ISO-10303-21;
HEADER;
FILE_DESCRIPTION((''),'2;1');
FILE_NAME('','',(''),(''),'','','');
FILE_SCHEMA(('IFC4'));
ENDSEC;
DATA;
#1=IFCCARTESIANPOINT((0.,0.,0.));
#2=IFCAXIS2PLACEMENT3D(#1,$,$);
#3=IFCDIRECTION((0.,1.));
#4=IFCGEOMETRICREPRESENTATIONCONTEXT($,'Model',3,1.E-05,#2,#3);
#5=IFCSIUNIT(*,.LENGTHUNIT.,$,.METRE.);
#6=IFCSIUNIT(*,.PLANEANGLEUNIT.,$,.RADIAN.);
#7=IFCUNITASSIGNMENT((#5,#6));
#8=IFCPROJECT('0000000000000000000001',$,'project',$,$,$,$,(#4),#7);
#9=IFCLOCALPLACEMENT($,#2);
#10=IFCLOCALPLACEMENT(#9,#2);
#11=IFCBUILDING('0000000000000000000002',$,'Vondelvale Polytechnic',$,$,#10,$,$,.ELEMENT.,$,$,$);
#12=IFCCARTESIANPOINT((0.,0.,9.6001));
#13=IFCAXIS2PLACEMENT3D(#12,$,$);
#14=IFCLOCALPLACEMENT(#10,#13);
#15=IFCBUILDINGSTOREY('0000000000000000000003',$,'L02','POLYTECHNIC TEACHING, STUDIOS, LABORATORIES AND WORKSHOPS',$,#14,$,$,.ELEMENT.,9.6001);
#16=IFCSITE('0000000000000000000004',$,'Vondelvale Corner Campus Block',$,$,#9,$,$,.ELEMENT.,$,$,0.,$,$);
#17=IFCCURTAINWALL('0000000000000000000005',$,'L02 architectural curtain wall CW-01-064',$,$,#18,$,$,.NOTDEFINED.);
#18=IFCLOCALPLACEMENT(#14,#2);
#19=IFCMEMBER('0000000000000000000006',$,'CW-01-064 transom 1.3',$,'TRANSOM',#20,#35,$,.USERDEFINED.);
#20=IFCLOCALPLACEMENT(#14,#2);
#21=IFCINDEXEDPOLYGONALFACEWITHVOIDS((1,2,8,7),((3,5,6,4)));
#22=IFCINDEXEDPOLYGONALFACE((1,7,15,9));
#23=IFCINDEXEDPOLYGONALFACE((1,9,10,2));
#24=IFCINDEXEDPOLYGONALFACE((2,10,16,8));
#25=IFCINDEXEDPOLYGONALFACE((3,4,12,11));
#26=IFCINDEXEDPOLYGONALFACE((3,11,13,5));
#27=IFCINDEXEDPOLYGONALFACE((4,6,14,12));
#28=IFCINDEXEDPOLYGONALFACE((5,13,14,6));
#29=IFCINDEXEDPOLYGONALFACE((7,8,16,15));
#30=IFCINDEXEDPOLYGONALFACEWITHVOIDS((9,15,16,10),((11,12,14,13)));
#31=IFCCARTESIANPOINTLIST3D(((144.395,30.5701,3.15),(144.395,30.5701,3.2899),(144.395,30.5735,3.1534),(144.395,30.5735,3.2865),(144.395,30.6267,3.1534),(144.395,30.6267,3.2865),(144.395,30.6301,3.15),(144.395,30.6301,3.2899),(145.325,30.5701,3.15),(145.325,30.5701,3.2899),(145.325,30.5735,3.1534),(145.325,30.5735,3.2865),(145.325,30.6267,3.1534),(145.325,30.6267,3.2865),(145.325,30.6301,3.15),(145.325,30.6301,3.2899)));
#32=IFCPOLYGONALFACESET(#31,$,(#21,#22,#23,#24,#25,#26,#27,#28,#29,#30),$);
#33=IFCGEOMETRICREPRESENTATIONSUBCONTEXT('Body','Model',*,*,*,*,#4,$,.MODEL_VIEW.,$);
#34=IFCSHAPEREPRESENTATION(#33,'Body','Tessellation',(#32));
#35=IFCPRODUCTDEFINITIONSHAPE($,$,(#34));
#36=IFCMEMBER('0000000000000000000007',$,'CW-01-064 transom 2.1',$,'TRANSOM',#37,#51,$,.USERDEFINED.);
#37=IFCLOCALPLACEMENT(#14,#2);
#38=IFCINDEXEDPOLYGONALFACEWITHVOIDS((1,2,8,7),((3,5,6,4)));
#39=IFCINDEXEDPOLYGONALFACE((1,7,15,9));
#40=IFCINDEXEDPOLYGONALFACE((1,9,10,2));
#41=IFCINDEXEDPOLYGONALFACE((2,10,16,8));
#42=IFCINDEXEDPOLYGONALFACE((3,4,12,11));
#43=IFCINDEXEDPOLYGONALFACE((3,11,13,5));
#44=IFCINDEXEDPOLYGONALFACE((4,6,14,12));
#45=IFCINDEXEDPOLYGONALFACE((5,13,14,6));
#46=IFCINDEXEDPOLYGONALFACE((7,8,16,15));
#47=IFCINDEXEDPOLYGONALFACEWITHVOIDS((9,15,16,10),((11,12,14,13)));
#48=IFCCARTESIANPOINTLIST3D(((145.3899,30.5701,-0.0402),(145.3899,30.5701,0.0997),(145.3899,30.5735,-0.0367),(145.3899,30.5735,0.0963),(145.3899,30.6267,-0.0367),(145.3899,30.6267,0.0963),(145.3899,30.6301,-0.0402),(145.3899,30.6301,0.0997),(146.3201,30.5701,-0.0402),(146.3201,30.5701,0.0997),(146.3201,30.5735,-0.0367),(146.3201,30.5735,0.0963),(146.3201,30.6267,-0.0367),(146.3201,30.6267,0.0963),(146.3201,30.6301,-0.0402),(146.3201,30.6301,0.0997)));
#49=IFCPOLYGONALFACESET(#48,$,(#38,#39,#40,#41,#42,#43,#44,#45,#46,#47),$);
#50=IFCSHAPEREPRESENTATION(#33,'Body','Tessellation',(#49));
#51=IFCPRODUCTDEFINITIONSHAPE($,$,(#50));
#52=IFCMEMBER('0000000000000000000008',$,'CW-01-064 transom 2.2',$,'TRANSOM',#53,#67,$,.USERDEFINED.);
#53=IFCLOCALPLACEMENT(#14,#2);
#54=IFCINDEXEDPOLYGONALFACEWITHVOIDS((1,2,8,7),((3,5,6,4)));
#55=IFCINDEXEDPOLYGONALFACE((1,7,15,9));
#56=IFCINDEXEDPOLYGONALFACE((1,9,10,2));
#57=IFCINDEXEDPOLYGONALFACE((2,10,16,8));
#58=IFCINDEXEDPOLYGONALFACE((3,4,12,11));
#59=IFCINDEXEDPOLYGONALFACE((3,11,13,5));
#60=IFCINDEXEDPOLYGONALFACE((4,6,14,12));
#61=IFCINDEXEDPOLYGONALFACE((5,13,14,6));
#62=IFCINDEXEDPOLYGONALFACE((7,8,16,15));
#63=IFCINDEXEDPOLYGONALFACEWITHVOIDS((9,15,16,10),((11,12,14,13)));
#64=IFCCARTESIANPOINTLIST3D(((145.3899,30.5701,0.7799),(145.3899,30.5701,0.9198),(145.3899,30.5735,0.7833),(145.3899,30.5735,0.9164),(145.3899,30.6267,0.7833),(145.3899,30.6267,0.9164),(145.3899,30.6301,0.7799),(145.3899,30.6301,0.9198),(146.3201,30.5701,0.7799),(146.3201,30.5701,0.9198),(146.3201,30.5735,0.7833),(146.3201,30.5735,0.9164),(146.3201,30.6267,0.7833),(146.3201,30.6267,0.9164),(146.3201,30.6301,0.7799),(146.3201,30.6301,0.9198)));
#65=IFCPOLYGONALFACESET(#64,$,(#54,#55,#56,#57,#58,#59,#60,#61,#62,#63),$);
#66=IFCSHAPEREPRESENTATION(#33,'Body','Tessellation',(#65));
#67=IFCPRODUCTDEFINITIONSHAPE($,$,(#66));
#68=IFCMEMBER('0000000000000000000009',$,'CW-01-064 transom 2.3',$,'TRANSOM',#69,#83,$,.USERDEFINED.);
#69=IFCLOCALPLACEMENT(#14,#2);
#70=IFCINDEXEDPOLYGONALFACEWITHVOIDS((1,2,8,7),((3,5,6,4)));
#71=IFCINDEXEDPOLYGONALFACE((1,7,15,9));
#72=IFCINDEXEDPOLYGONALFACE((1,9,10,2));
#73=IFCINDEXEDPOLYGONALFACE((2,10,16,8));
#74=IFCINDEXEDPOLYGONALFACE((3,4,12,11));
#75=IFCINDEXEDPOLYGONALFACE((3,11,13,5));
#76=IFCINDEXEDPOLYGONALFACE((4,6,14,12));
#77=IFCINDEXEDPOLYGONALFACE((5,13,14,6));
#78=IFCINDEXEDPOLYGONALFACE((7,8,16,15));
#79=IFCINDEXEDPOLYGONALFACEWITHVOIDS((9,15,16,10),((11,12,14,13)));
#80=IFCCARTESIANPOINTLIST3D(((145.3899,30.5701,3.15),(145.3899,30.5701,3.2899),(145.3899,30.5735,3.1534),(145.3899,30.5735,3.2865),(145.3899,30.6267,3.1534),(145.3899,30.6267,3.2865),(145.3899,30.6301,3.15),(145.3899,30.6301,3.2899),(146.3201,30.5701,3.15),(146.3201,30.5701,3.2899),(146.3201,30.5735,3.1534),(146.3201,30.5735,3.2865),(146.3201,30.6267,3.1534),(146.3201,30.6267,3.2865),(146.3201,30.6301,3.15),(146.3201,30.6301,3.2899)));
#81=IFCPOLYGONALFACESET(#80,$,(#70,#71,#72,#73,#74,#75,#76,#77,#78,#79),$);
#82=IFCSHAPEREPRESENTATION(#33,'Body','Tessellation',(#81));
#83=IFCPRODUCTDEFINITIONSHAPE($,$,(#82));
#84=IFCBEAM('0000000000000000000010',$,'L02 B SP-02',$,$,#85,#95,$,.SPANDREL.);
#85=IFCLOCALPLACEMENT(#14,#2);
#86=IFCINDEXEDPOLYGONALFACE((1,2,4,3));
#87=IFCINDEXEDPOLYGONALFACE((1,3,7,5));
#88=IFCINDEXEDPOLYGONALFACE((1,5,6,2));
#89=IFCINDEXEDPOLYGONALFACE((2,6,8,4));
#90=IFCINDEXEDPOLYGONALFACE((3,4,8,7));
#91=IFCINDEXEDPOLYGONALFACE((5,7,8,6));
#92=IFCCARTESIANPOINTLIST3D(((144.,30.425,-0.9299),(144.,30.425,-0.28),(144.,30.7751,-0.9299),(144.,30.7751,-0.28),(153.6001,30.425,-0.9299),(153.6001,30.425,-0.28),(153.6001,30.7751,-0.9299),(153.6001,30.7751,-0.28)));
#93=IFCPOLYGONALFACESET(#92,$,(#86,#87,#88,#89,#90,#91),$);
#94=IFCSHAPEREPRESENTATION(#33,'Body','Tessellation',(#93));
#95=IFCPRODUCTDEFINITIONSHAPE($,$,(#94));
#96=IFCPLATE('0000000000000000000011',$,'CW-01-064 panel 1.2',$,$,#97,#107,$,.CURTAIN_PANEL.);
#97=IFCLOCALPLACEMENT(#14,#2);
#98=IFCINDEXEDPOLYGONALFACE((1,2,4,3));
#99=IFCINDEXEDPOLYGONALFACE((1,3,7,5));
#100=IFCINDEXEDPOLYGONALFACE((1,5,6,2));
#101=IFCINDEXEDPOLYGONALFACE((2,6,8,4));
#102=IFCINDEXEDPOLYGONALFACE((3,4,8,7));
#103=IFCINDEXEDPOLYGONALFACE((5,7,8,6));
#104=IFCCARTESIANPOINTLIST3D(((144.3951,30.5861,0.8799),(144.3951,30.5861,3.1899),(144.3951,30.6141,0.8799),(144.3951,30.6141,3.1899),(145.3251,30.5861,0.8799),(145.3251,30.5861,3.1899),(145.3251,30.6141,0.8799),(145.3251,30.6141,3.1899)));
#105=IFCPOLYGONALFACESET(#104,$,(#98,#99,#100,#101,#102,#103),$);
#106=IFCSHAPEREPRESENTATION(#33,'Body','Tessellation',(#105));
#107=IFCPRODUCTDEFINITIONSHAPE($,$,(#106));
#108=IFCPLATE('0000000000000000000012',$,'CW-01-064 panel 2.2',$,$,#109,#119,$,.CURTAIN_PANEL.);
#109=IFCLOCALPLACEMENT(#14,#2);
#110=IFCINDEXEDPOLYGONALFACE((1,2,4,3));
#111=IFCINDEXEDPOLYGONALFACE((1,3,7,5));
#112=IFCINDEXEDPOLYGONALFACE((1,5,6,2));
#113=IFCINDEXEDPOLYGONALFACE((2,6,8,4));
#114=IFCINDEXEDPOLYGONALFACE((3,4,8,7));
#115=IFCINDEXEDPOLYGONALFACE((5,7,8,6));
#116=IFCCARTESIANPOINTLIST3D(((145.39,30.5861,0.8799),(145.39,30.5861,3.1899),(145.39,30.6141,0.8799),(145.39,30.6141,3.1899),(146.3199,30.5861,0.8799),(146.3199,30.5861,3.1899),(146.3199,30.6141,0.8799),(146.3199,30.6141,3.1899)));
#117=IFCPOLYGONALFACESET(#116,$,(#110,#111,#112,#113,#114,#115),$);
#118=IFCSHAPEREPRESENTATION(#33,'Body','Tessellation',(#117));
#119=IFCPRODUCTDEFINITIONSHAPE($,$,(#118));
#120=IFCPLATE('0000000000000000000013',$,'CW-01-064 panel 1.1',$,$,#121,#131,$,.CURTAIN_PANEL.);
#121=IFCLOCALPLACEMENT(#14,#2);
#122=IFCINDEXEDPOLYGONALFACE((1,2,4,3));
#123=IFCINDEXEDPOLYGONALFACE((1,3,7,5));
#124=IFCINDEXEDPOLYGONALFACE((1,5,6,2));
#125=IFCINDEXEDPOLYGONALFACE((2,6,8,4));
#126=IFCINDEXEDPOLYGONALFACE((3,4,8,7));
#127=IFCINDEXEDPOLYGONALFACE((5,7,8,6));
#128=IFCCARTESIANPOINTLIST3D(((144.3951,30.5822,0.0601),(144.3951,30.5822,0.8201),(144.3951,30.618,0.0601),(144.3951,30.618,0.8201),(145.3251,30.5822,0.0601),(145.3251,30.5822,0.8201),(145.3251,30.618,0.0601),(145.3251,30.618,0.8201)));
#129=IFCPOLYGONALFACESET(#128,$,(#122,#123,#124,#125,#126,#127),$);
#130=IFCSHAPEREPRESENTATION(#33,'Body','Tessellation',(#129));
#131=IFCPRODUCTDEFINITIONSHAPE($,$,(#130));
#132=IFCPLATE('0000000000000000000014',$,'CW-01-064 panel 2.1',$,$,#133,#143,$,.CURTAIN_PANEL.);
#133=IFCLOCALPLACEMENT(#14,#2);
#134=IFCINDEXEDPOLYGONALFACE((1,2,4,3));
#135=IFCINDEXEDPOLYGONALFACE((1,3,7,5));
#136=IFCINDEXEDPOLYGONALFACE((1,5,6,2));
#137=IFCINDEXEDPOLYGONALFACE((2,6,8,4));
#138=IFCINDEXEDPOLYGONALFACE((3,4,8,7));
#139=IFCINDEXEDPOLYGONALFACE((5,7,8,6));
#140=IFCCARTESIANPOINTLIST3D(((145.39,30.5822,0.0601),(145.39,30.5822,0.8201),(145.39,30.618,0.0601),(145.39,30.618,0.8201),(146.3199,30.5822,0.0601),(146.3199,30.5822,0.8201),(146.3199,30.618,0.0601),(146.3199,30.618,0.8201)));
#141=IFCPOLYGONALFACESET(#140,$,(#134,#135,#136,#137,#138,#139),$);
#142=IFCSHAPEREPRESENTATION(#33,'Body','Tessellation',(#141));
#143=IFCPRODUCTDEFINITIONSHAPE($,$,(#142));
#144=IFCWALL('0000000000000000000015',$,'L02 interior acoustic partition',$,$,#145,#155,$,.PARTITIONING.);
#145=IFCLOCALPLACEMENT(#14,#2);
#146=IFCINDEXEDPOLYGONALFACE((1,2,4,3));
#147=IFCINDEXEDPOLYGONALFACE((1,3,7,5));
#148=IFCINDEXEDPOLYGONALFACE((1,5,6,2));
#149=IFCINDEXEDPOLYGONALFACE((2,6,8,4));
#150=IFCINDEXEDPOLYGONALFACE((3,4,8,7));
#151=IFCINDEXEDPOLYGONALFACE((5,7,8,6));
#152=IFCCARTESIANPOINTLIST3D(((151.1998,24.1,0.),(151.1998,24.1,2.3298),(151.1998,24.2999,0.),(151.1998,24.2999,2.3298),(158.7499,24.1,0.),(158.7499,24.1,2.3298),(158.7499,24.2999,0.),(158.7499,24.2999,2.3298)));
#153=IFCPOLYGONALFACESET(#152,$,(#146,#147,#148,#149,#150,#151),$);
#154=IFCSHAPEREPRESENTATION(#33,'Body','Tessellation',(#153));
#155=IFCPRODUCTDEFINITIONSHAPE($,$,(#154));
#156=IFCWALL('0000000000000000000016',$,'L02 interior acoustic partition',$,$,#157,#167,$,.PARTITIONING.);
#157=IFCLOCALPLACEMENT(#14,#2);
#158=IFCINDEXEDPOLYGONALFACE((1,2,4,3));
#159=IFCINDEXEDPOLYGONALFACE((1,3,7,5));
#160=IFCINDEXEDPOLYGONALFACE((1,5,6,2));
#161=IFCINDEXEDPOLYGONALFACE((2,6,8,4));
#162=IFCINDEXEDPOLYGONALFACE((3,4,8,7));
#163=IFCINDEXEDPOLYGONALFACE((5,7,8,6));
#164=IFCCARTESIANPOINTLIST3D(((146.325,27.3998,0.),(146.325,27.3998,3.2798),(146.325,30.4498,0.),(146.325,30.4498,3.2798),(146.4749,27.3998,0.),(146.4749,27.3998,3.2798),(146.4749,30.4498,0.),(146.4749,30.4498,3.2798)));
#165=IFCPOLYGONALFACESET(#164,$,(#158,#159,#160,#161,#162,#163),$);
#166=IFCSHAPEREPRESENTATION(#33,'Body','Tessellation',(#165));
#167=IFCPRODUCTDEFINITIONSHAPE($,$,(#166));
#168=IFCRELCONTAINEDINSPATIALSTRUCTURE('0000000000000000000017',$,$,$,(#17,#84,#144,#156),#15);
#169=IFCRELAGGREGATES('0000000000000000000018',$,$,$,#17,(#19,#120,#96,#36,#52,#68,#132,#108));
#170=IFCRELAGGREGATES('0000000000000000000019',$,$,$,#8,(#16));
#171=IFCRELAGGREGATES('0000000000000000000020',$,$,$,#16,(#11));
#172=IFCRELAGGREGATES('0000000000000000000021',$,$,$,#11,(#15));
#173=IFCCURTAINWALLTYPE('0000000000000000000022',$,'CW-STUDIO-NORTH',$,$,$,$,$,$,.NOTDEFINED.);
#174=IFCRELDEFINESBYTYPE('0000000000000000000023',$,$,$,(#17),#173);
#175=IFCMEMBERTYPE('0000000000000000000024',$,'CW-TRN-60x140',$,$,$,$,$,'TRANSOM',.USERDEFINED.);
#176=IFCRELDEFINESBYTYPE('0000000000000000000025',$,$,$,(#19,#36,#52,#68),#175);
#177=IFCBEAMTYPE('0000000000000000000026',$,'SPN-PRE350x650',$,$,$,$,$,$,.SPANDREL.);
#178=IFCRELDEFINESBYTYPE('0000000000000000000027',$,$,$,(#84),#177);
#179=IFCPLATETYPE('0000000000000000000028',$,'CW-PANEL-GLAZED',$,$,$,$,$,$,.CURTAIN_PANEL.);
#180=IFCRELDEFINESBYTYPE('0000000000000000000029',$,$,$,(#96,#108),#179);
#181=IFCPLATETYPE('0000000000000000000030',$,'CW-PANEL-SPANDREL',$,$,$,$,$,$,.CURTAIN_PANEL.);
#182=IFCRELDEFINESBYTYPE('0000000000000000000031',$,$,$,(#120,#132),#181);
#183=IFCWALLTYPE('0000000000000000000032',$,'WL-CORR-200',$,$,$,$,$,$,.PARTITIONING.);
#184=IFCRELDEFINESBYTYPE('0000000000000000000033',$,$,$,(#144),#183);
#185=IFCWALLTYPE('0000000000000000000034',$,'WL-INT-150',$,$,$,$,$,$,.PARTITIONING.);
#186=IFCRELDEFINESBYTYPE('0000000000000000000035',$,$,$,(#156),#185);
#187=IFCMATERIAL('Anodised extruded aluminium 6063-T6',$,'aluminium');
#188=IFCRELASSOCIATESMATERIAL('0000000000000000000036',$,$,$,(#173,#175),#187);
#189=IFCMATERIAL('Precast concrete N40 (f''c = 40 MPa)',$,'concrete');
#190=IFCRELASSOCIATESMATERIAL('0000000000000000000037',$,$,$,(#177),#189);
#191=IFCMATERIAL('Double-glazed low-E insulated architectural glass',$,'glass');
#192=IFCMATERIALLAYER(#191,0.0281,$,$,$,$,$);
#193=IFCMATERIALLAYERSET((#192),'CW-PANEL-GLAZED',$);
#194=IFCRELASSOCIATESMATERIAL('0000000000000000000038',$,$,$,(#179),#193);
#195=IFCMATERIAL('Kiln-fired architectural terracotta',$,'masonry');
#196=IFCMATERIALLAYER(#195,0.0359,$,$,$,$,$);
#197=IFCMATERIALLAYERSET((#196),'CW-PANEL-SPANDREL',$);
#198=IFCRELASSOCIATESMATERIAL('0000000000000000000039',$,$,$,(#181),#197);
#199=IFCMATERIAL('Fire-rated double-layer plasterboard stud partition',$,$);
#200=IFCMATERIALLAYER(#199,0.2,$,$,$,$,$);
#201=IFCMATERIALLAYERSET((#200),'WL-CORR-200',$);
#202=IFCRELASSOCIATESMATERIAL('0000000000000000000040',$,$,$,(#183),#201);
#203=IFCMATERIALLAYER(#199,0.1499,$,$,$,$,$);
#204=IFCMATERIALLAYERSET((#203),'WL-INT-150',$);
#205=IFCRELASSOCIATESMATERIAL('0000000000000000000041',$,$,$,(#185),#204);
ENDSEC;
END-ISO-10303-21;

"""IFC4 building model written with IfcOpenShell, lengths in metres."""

from ifc_helpers import new_model, si_unit, direction, frame, frame_2d, origin, origin_2d, place, context, subcontext, project, spatial, rectangle, hollow_rectangle, extrude, material, layer, layer_set, material_profile, profile_set, type_object, element, aggregate, save


model = new_model("IFC4")

# Units and contexts
model_context = context("Model", 3, precision=1e-05, world=origin(), true_north=direction((0.0, 1.0)))
body_context = subcontext(model_context, "Body", "Model", "MODEL_VIEW")
ifc_project = project(units=[si_unit("LENGTHUNIT", "METRE"), si_unit("PLANEANGLEUNIT", "RADIAN")], contexts=[model_context])

# Site, building, storey
site_placement = place(None, origin())
site = spatial("IfcSite", under=ifc_project, at=site_placement, Name="Vondelvale Corner Campus Block", CompositionType="ELEMENT", RefElevation=0.0)
building_placement = place(site_placement, origin())
building = spatial("IfcBuilding", under=site, at=building_placement, Name="Vondelvale Polytechnic", CompositionType="ELEMENT")
storey_placement = place(building_placement, frame((0.0, 0.0, 9.6001)))
storey = spatial("IfcBuildingStorey", under=building, at=storey_placement, Name="L02", Description="POLYTECHNIC TEACHING, STUDIOS, LABORATORIES AND WORKSHOPS", CompositionType="ELEMENT", Elevation=9.6001)

# Shared definitions
ifc_material_1 = material(Name="Anodised extruded aluminium 6063-T6", Category="aluminium")
curtain_wall_type = type_object("IfcCurtainWallType", Name="CW-STUDIO-NORTH", PredefinedType="NOTDEFINED", material=ifc_material_1)

# Curtain wall, members
curtain_wall_1_placement = place(storey_placement, origin())
curtain_wall_1 = element("IfcCurtainWall", 1, at=curtain_wall_1_placement, inside=storey, type_object=curtain_wall_type, Name="L02 architectural curtain wall CW-01-064", PredefinedType="NOTDEFINED")
ifc_material_profile_1 = material_profile(ifc_material_1, hollow_rectangle(XDim=0.0601, YDim=0.1399, WallThickness=0.0034, at=origin_2d()), Name="CW-TRN-140x60")
ifc_profile_set_1 = profile_set([ifc_material_profile_1], Name="Anodised extruded aluminium 6063-T6")
member_type_1 = type_object("IfcMemberType", Name="CW-TRN-60x140", ElementType="TRANSOM", PredefinedType="USERDEFINED", material=ifc_profile_set_1)
member_1_placement = place(storey_placement, frame((144.395, 30.6001, 3.22), z_axis=(1.0, 0.0, 0.0), x_axis=(0.0, 1.0, 0.0)))
member_1 = element("IfcMember", 2, at=member_1_placement, type_object=member_type_1, Name="CW-01-064 transom 1.3", ObjectType="TRANSOM", PredefinedType="USERDEFINED", context=body_context, shape_type="SweptSolid", body=[
    extrude(hollow_rectangle(XDim=0.0601, YDim=0.1399, WallThickness=0.0034, at=origin_2d()), origin(), (0.0, 0.0, 1.0), 0.9299),
])
member_2_placement = place(storey_placement, frame((145.3899, 30.6001, 0.0298), z_axis=(1.0, 0.0, 0.0), x_axis=(0.0, 1.0, 0.0)))
member_2 = element("IfcMember", 3, at=member_2_placement, type_object=member_type_1, Name="CW-01-064 transom 2.1", ObjectType="TRANSOM", PredefinedType="USERDEFINED", context=body_context, shape_type="SweptSolid", body=[
    extrude(hollow_rectangle(XDim=0.0601, YDim=0.1399, WallThickness=0.0034, at=origin_2d()), origin(), (0.0, 0.0, 1.0), 0.9302),
])
member_3_placement = place(storey_placement, frame((145.3899, 30.6001, 0.8499), z_axis=(1.0, 0.0, 0.0), x_axis=(0.0, 1.0, 0.0)))
member_3 = element("IfcMember", 4, at=member_3_placement, type_object=member_type_1, Name="CW-01-064 transom 2.2", ObjectType="TRANSOM", PredefinedType="USERDEFINED", context=body_context, shape_type="SweptSolid", body=[
    extrude(hollow_rectangle(XDim=0.0601, YDim=0.1399, WallThickness=0.0034, at=origin_2d()), origin(), (0.0, 0.0, 1.0), 0.9302),
])
member_4_placement = place(storey_placement, frame((145.3899, 30.6001, 3.22), z_axis=(1.0, 0.0, 0.0), x_axis=(0.0, 1.0, 0.0)))
member_4 = element("IfcMember", 5, at=member_4_placement, type_object=member_type_1, Name="CW-01-064 transom 2.3", ObjectType="TRANSOM", PredefinedType="USERDEFINED", context=body_context, shape_type="SweptSolid", body=[
    extrude(hollow_rectangle(XDim=0.0601, YDim=0.1399, WallThickness=0.0034, at=origin_2d()), origin(), (0.0, 0.0, 1.0), 0.9302),
])

# Beam
ifc_material_2 = material(Name="Precast concrete N40 (f'c = 40 MPa)", Category="concrete")
ifc_material_profile_2 = material_profile(ifc_material_2, rectangle(XDim=0.3501, YDim=0.6499, at=origin_2d()), Name="RC-SPN-350x650")
ifc_profile_set_2 = profile_set([ifc_material_profile_2], Name="Precast concrete N40 (f'c = 40 MPa)")
beam_type_1 = type_object("IfcBeamType", Name="SPN-PRE350x650", PredefinedType="SPANDREL", material=ifc_profile_set_2)
beam_1_placement = place(storey_placement, frame((144.0, 30.6001, -0.605), z_axis=(1.0, 0.0, 0.0), x_axis=(0.0, 1.0, 0.0)))
element("IfcBeam", 6, at=beam_1_placement, inside=storey, type_object=beam_type_1, Name="L02 B SP-02", PredefinedType="SPANDREL", context=body_context, shape_type="SweptSolid", body=[
    extrude(rectangle(XDim=0.3501, YDim=0.6499, at=origin_2d()), origin(), (0.0, 0.0, 1.0), 9.6001),
])

# Plates
ifc_material_3 = material(Name="Double-glazed low-E insulated architectural glass", Category="glass")
ifc_layer_1 = layer(ifc_material_3, 0.0281)
ifc_layer_set_1 = layer_set([ifc_layer_1], Name="CW-PANEL-GLAZED")
plate_type_1 = type_object("IfcPlateType", Name="CW-PANEL-GLAZED", PredefinedType="CURTAIN_PANEL", material=ifc_layer_set_1)
plate_1_placement = place(storey_placement, frame((144.8601, 30.6001, 0.8799), z_axis=(0.0, 0.0, 1.0), x_axis=(1.0, 0.0, 0.0)))
plate_1 = element("IfcPlate", 7, at=plate_1_placement, type_object=plate_type_1, Name="CW-01-064 panel 1.2", PredefinedType="CURTAIN_PANEL", context=body_context, shape_type="SweptSolid", body=[
    extrude(rectangle(XDim=0.9299, YDim=0.0281, at=origin_2d()), origin(), (0.0, 0.0, 1.0), 2.3101),
])
plate_2_placement = place(storey_placement, frame((145.855, 30.6001, 0.8799), z_axis=(0.0, 0.0, 1.0), x_axis=(1.0, 0.0, 0.0)))
plate_2 = element("IfcPlate", 8, at=plate_2_placement, type_object=plate_type_1, Name="CW-01-064 panel 2.2", PredefinedType="CURTAIN_PANEL", context=body_context, shape_type="SweptSolid", body=[
    extrude(rectangle(XDim=0.9299, YDim=0.0281, at=origin_2d()), origin(), (0.0, 0.0, 1.0), 2.3101),
])
ifc_material_4 = material(Name="Kiln-fired architectural terracotta", Category="masonry")
ifc_layer_2 = layer(ifc_material_4, 0.0359)
ifc_layer_set_2 = layer_set([ifc_layer_2], Name="CW-PANEL-SPANDREL")
plate_type_2 = type_object("IfcPlateType", Name="CW-PANEL-SPANDREL", PredefinedType="CURTAIN_PANEL", material=ifc_layer_set_2)
plate_3_placement = place(storey_placement, frame((144.8601, 30.6001, 0.0601), z_axis=(0.0, 0.0, 1.0), x_axis=(1.0, 0.0, 0.0)))
plate_3 = element("IfcPlate", 9, at=plate_3_placement, type_object=plate_type_2, Name="CW-01-064 panel 1.1", PredefinedType="CURTAIN_PANEL", context=body_context, shape_type="SweptSolid", body=[
    extrude(rectangle(XDim=0.9299, YDim=0.0359, at=origin_2d()), origin(), (0.0, 0.0, 1.0), 0.76),
])
plate_4_placement = place(storey_placement, frame((145.855, 30.6001, 0.0601), z_axis=(0.0, 0.0, 1.0), x_axis=(1.0, 0.0, 0.0)))
plate_4 = element("IfcPlate", 10, at=plate_4_placement, type_object=plate_type_2, Name="CW-01-064 panel 2.1", PredefinedType="CURTAIN_PANEL", context=body_context, shape_type="SweptSolid", body=[
    extrude(rectangle(XDim=0.9299, YDim=0.0359, at=origin_2d()), origin(), (0.0, 0.0, 1.0), 0.76),
])
aggregate(curtain_wall_1, [member_1, plate_3, plate_1, member_2, member_3, member_4, plate_4, plate_2])

# Walls
ifc_material_5 = material(Name="Fire-rated double-layer plasterboard stud partition")
ifc_layer_3 = layer(ifc_material_5, 0.2)
ifc_layer_set_3 = layer_set([ifc_layer_3], Name="WL-CORR-200")
wall_type_1 = type_object("IfcWallType", Name="WL-CORR-200", PredefinedType="PARTITIONING", material=ifc_layer_set_3)
wall_1_placement = place(storey_placement, frame((151.2, 24.2, 0.0), z_axis=(0.0, 0.0, 1.0), x_axis=(1.0, 0.0, 0.0)))
element("IfcWall", 11, at=wall_1_placement, inside=storey, type_object=wall_type_1, Name="L02 interior acoustic partition", PredefinedType="PARTITIONING", context=body_context, shape_type="SweptSolid", body=[
    extrude(rectangle(XDim=7.55, YDim=0.2, at=frame_2d((3.7749, 0.0))), origin(), (0.0, 0.0, 1.0), 2.3298),
])
ifc_layer_4 = layer(ifc_material_5, 0.1499)
ifc_layer_set_4 = layer_set([ifc_layer_4], Name="WL-INT-150")
wall_type_2 = type_object("IfcWallType", Name="WL-INT-150", PredefinedType="PARTITIONING", material=ifc_layer_set_4)
wall_2_placement = place(storey_placement, frame((146.3999, 27.3999, 0.0), z_axis=(0.0, 0.0, 1.0), x_axis=(0.0, 1.0, 0.0)))
element("IfcWall", 12, at=wall_2_placement, inside=storey, type_object=wall_type_2, Name="L02 interior acoustic partition", PredefinedType="PARTITIONING", context=body_context, shape_type="SweptSolid", body=[
    extrude(rectangle(XDim=3.05, YDim=0.1499, at=frame_2d((1.5249, 0.0))), origin(), (0.0, 0.0, 1.0), 3.2798),
])

save(model, "model.ifc")
